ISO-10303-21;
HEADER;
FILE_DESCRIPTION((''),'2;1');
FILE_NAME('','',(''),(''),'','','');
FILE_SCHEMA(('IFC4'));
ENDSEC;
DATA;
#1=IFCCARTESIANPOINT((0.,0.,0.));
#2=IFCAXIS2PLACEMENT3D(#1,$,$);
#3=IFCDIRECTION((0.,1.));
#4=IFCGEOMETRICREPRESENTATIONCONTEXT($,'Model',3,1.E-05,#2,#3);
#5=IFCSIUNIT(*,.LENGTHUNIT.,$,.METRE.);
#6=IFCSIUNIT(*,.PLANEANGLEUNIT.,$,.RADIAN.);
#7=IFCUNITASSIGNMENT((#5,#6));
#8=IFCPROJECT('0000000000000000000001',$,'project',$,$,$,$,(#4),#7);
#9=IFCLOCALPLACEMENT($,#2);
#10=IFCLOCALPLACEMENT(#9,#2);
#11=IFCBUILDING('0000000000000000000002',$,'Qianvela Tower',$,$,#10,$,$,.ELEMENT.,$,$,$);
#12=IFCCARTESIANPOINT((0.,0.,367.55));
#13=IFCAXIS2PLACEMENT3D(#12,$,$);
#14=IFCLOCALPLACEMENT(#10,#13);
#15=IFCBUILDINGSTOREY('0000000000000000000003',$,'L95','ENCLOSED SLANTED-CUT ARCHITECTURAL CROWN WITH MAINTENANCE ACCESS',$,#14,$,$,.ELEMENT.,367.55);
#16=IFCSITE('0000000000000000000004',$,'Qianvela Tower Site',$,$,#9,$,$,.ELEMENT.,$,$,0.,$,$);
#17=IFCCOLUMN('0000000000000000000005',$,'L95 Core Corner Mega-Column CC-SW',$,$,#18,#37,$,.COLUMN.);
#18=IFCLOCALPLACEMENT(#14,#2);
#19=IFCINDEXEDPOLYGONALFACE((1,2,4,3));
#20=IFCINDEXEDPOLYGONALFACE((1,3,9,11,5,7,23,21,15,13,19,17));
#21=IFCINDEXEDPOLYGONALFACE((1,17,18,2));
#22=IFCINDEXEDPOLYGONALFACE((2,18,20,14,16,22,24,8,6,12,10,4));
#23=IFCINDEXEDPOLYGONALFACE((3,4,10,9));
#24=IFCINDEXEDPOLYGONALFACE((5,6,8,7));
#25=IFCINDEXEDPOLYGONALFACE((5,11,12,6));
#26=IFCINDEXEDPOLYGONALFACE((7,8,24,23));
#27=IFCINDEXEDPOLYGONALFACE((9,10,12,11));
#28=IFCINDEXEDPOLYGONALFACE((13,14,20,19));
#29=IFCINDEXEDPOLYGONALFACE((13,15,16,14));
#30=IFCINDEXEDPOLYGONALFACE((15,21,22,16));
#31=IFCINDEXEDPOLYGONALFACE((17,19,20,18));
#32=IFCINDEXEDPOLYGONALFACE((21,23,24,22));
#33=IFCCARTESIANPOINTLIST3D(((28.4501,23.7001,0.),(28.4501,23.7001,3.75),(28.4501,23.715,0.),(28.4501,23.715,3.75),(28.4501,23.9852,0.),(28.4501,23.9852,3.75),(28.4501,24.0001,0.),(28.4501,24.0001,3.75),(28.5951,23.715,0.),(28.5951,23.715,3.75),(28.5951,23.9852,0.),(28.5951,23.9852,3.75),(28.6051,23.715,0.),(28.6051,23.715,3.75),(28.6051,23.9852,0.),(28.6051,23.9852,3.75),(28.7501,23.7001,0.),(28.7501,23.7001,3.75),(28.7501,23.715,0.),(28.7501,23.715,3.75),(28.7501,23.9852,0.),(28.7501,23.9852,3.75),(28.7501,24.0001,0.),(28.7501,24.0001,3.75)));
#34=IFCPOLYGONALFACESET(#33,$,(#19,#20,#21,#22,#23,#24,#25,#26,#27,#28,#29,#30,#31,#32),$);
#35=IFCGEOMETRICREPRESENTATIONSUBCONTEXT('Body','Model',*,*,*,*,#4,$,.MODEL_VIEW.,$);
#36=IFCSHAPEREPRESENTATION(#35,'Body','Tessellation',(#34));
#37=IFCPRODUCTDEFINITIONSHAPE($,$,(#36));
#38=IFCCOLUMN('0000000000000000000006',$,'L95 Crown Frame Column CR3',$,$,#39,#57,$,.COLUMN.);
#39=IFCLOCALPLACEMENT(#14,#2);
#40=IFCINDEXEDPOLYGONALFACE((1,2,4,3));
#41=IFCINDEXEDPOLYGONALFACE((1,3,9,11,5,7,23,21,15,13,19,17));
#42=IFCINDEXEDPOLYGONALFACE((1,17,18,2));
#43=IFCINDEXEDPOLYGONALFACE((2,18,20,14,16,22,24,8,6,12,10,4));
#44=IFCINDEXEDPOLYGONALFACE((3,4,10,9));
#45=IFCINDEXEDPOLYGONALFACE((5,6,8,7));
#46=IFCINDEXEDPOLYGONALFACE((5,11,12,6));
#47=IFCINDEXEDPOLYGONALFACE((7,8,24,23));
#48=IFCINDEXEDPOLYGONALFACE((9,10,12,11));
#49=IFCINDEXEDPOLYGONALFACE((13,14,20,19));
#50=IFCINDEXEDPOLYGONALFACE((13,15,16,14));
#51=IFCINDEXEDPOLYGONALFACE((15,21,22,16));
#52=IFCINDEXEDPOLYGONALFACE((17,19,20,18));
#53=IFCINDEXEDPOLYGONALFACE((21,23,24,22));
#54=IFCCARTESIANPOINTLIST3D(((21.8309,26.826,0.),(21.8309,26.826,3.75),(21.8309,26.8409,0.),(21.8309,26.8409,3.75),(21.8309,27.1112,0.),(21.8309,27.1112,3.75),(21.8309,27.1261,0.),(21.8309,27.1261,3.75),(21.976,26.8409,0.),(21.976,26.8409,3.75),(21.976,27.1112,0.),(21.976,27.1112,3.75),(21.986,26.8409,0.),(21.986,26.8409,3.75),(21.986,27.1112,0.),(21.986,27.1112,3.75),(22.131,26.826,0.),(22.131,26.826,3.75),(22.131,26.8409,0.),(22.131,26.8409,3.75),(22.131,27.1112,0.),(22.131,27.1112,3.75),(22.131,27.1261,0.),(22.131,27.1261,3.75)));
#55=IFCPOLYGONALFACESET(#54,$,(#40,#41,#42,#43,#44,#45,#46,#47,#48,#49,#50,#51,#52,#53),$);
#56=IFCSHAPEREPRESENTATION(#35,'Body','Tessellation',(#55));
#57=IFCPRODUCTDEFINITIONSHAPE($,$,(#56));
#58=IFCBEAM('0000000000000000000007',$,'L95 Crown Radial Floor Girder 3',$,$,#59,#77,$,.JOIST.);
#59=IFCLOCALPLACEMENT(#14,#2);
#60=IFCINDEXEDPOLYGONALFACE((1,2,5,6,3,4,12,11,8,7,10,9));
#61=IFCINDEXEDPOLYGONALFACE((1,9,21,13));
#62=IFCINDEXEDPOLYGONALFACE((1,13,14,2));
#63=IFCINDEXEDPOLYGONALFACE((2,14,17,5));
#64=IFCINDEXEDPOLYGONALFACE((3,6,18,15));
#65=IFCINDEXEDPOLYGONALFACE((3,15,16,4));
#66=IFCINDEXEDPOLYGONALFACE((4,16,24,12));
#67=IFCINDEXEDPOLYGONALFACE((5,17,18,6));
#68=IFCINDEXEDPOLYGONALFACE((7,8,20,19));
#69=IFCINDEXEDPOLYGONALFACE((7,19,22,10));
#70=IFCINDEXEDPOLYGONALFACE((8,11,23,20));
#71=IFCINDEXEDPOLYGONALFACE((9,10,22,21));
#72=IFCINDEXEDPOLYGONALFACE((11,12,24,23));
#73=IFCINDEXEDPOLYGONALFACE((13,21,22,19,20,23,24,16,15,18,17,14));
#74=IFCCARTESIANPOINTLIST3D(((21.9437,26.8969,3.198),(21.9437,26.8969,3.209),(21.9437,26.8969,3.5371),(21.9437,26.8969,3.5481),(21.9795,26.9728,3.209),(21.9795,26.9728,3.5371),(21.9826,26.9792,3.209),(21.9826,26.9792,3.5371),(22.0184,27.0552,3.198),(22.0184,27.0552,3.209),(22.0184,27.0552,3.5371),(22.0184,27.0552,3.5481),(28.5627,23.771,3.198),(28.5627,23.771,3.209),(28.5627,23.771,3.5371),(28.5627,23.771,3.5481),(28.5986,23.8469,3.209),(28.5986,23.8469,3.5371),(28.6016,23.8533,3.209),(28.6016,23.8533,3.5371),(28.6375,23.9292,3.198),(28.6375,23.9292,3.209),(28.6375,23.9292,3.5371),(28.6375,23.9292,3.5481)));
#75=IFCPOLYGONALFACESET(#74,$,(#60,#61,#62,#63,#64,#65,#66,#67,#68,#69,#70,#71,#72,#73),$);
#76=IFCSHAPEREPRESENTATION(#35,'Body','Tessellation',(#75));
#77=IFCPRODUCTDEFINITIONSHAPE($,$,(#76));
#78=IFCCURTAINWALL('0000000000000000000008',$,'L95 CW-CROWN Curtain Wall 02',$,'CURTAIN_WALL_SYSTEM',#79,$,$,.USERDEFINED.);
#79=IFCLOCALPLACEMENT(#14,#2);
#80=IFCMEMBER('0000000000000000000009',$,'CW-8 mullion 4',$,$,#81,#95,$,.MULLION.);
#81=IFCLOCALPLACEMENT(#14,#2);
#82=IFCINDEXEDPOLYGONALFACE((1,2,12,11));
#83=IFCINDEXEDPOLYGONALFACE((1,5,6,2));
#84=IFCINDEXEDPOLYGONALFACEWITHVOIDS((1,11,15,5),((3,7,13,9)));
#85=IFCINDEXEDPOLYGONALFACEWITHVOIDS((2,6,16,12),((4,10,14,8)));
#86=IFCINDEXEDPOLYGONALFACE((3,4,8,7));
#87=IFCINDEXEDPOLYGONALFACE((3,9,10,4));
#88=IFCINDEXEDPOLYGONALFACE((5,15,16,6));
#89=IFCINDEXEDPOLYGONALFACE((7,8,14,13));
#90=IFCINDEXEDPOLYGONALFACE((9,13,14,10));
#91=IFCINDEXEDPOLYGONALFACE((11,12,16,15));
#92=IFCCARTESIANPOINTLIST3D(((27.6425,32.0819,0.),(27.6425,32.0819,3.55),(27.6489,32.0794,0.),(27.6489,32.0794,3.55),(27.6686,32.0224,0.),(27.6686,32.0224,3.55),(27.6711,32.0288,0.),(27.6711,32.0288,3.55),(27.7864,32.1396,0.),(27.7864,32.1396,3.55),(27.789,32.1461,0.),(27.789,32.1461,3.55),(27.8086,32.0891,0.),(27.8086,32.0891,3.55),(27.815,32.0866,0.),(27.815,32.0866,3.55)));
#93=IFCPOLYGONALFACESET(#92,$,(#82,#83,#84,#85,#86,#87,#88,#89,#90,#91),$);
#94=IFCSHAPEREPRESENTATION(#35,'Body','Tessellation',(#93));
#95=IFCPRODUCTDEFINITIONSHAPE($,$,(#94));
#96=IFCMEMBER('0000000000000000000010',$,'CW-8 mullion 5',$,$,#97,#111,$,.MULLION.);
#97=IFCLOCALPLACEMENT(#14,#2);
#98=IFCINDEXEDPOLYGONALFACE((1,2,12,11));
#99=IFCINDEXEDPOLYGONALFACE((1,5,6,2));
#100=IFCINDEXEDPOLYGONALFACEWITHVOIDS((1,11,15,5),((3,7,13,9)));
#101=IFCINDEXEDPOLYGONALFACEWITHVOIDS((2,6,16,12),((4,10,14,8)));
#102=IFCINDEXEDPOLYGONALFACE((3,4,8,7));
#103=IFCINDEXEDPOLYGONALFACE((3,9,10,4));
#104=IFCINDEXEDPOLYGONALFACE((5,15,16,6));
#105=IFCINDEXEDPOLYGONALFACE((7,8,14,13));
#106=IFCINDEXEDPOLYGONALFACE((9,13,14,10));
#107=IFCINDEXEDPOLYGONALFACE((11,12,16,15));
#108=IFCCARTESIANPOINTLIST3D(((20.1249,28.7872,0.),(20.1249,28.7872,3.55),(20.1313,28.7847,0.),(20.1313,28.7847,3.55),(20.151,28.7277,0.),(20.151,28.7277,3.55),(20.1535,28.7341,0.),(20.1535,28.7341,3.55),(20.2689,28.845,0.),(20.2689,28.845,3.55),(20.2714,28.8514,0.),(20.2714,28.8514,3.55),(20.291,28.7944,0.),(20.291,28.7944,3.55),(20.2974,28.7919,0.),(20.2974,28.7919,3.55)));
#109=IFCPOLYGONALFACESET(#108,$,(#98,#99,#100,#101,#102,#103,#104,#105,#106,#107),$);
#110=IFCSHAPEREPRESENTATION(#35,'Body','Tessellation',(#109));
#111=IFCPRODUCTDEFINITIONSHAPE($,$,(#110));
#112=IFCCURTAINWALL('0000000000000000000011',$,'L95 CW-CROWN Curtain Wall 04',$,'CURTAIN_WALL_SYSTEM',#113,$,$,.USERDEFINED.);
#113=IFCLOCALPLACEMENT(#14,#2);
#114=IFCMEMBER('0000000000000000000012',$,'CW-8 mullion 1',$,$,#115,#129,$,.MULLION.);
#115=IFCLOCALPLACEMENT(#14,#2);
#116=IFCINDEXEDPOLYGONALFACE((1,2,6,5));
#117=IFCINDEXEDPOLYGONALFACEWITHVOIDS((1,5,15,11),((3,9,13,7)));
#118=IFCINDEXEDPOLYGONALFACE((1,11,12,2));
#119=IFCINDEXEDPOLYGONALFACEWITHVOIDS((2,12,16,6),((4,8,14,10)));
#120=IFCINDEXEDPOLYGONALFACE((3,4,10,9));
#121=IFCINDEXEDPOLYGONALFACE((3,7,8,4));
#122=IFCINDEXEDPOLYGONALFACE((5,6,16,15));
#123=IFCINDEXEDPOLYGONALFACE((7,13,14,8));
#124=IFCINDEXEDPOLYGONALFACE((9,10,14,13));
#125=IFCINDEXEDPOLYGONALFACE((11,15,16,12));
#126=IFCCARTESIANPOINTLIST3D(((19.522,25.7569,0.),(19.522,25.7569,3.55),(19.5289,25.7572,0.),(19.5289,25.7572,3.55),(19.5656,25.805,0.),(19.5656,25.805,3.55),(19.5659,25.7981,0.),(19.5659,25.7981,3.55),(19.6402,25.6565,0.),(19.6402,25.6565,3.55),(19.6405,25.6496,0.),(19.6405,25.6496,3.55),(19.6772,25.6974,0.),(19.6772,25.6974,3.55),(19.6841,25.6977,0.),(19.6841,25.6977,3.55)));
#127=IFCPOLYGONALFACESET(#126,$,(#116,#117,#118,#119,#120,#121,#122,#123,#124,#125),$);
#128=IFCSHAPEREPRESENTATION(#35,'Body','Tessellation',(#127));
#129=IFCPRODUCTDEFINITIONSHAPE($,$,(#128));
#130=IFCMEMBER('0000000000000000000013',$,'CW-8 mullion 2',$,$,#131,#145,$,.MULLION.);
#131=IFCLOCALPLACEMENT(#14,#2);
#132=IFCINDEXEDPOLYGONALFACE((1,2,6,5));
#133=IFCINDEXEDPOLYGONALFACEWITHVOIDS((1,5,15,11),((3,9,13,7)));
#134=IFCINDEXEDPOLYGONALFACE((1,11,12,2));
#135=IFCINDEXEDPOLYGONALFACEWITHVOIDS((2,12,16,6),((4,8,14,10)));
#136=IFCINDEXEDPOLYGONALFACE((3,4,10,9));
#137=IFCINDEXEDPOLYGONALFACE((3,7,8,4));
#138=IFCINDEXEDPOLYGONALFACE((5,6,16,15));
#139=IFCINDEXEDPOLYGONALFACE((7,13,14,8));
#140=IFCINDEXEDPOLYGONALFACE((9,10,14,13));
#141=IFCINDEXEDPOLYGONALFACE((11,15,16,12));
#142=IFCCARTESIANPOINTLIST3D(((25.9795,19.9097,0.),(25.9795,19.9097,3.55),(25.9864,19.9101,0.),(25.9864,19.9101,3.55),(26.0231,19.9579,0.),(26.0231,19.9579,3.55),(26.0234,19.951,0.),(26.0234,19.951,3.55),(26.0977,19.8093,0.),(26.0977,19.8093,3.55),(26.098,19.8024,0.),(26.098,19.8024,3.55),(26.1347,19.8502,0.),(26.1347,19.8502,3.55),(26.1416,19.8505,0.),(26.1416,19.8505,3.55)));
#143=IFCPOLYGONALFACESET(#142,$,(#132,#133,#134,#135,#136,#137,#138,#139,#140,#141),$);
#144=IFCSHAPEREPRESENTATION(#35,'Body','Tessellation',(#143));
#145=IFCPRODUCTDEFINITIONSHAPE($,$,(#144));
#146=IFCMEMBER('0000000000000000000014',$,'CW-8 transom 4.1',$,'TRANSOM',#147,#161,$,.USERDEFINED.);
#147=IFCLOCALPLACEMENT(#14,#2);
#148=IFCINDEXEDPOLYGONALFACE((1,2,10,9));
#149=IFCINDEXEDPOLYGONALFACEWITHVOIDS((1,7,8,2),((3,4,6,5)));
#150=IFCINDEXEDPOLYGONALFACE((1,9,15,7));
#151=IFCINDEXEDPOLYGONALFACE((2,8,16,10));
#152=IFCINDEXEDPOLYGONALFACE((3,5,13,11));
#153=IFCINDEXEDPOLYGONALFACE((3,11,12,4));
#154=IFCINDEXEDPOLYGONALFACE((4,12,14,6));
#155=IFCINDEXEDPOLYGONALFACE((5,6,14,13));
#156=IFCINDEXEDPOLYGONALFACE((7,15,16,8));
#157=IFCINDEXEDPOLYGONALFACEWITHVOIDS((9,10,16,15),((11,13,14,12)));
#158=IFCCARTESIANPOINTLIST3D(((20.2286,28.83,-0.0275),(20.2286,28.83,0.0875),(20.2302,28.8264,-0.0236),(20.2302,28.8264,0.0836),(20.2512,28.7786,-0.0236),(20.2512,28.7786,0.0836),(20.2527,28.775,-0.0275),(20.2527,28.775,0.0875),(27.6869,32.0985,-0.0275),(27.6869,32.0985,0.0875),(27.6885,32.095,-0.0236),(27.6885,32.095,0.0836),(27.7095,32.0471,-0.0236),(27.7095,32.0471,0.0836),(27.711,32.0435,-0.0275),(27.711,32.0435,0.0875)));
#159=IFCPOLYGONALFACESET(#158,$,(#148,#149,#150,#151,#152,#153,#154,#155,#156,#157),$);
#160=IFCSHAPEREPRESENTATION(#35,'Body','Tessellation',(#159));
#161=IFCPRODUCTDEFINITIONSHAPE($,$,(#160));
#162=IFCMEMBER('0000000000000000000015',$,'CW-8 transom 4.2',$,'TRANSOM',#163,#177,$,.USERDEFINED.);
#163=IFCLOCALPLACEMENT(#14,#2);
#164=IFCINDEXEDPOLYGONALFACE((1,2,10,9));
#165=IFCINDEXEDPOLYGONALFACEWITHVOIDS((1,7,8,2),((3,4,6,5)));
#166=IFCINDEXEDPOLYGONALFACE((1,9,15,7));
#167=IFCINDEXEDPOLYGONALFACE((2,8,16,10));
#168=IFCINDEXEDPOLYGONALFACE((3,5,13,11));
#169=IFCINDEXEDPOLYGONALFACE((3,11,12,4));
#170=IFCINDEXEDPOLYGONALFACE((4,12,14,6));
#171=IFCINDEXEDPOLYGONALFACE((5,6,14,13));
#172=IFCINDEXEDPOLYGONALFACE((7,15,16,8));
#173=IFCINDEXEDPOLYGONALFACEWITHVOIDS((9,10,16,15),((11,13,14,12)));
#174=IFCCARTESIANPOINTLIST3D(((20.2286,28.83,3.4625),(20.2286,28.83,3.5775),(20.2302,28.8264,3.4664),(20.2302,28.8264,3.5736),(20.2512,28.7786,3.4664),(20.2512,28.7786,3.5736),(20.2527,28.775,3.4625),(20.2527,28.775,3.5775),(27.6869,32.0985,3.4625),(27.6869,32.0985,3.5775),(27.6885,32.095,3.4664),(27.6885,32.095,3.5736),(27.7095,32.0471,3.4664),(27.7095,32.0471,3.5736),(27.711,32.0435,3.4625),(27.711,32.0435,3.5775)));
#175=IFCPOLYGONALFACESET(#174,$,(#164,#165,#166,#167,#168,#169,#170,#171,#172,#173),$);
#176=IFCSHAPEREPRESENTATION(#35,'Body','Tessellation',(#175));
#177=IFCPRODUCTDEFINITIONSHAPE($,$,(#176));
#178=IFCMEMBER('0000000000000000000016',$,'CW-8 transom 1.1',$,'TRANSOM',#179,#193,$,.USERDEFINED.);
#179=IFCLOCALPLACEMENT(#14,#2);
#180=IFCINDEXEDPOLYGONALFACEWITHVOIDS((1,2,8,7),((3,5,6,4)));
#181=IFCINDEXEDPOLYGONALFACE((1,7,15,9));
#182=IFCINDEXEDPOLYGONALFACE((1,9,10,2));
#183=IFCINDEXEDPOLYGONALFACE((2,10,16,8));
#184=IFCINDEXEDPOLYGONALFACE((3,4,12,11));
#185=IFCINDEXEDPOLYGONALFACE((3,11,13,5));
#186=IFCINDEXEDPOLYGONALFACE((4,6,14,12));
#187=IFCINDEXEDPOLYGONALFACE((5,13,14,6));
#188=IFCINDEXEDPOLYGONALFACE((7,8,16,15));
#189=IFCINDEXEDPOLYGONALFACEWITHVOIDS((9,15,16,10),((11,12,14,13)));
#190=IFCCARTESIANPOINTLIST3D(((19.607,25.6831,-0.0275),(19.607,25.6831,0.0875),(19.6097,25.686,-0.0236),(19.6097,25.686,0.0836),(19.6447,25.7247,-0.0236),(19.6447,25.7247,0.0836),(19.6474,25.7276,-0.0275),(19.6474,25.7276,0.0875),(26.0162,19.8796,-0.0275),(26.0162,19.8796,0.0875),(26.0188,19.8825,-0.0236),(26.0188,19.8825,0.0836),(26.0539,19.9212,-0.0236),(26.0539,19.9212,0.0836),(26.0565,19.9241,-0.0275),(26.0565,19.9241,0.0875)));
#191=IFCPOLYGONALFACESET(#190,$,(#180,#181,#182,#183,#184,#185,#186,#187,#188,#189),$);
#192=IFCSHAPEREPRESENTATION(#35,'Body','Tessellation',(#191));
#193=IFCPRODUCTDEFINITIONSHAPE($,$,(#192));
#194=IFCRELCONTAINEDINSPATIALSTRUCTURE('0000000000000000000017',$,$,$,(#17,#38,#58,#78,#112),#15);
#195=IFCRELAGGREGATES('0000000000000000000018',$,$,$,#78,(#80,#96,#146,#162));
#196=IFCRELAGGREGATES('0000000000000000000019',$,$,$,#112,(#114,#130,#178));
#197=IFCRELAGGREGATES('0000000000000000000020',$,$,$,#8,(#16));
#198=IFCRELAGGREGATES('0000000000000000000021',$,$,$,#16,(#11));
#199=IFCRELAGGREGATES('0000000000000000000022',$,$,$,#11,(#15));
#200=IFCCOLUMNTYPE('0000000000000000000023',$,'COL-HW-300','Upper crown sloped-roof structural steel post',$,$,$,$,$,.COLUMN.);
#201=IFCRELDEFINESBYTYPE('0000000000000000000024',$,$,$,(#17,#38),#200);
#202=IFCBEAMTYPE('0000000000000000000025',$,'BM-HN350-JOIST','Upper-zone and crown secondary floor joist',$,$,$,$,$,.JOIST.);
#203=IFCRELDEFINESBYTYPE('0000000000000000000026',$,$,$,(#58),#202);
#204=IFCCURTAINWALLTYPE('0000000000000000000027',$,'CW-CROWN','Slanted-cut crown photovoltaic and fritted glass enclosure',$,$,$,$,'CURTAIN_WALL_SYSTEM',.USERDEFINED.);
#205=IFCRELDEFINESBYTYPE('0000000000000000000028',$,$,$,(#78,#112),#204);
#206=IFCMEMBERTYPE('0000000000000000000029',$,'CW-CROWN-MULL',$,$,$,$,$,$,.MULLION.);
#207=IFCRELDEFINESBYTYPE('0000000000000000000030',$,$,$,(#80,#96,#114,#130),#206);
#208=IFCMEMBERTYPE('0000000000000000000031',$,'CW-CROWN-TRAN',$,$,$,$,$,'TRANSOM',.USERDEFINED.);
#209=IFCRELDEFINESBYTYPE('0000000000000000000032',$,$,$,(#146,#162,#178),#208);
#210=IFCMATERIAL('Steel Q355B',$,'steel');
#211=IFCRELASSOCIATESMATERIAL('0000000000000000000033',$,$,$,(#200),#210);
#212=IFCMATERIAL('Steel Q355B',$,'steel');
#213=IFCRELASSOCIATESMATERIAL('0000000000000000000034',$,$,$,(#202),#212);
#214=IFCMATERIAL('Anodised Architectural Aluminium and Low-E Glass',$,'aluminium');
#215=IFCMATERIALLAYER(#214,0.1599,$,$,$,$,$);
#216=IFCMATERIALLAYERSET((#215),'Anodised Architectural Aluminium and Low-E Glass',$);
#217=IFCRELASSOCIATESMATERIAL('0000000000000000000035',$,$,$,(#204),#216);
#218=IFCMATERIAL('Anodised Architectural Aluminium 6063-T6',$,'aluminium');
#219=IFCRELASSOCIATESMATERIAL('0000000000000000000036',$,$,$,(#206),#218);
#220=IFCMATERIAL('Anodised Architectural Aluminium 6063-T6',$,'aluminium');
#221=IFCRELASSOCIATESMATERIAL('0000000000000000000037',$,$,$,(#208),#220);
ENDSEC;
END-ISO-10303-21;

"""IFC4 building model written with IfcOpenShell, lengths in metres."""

from ifc_helpers import new_model, si_unit, direction, frame, origin, origin_2d, place, context, subcontext, project, spatial, hollow_rectangle, i_section, extrude, material, layer, layer_set, material_profile, profile_set, type_object, element, aggregate, save


model = new_model("IFC4")

# Units and contexts
model_context = context("Model", 3, precision=1e-05, world=origin(), true_north=direction((0.0, 1.0)))
body_context = subcontext(model_context, "Body", "Model", "MODEL_VIEW")
ifc_project = project(units=[si_unit("LENGTHUNIT", "METRE"), si_unit("PLANEANGLEUNIT", "RADIAN")], contexts=[model_context])

# Site, building, storey
site_placement = place(None, origin())
site = spatial("IfcSite", under=ifc_project, at=site_placement, Name="Qianvela Tower Site", CompositionType="ELEMENT", RefElevation=0.0)
building_placement = place(site_placement, origin())
building = spatial("IfcBuilding", under=site, at=building_placement, Name="Qianvela Tower", CompositionType="ELEMENT")
storey_placement = place(building_placement, frame((0.0, 0.0, 367.55)))
storey = spatial("IfcBuildingStorey", under=building, at=storey_placement, Name="L95", Description="ENCLOSED SLANTED-CUT ARCHITECTURAL CROWN WITH MAINTENANCE ACCESS", CompositionType="ELEMENT", Elevation=367.55)

# Columns
ifc_material_1 = material(Name="Steel Q355B", Category="steel")
ifc_material_profile_1 = material_profile(ifc_material_1, i_section(OverallWidth=0.3, OverallDepth=0.3, WebThickness=0.01, FlangeThickness=0.0149, at=origin_2d()), Name="HW300x300x10x15")
ifc_profile_set_1 = profile_set([ifc_material_profile_1], Name="Steel Q355B")
column_type = type_object("IfcColumnType", Name="COL-HW-300", Description="Upper crown sloped-roof structural steel post", PredefinedType="COLUMN", material=ifc_profile_set_1)
for number, where, z_axis, x_axis, name in (
    (1, (28.6001, 23.8501, 0.0), (0.0, 0.0, 1.0), (1.0, 0.0, 0.0), "L95 Core Corner Mega-Column CC-SW"),
    (2, (21.981, 26.9761, 0.0), (0.0, 0.0, 1.0), (1.0, 0.0, 0.0), "L95 Crown Frame Column CR3"),
):
    element("IfcColumn", number, at=place(storey_placement, frame(where, z_axis=z_axis, x_axis=x_axis)), inside=storey, type_object=column_type, Name=name, PredefinedType="COLUMN", context=body_context, shape_type="SweptSolid", body=[
        extrude(i_section(OverallWidth=0.3, OverallDepth=0.3, WebThickness=0.01, FlangeThickness=0.0149, at=origin_2d()), origin(), (0.0, 0.0, 1.0), 3.75),
    ])

# Beam
ifc_material_2 = material(Name="Steel Q355B", Category="steel")
ifc_material_profile_2 = material_profile(ifc_material_2, i_section(OverallWidth=0.175, OverallDepth=0.3501, WebThickness=0.0071, FlangeThickness=0.011, at=origin_2d()), Name="HN350x175x7x11")
ifc_profile_set_2 = profile_set([ifc_material_profile_2], Name="Steel Q355B")
beam_type = type_object("IfcBeamType", Name="BM-HN350-JOIST", Description="Upper-zone and crown secondary floor joist", PredefinedType="JOIST", material=ifc_profile_set_2)
beam_placement = place(storey_placement, frame((28.6001, 23.8501, 3.373), z_axis=(-0.904234, 0.427037, 0.0), x_axis=(-0.427037, -0.904234, 0.0)))
element("IfcBeam", 3, at=beam_placement, inside=storey, type_object=beam_type, Name="L95 Crown Radial Floor Girder 3", PredefinedType="JOIST", context=body_context, shape_type="SweptSolid", body=[
    extrude(i_section(OverallWidth=0.175, OverallDepth=0.3501, WebThickness=0.0071, FlangeThickness=0.011, at=origin_2d()), origin(), (0.0, 0.0, 1.0), 7.3201),
])

# Curtain walls, members
ifc_material_3 = material(Name="Anodised Architectural Aluminium and Low-E Glass", Category="aluminium")
ifc_layer_1 = layer(ifc_material_3, 0.1599)
ifc_layer_set_1 = layer_set([ifc_layer_1], Name="Anodised Architectural Aluminium and Low-E Glass")
curtain_wall_type = type_object("IfcCurtainWallType", Name="CW-CROWN", Description="Slanted-cut crown photovoltaic and fritted glass enclosure", ElementType="CURTAIN_WALL_SYSTEM", PredefinedType="USERDEFINED", material=ifc_layer_set_1)
curtain_wall_1_placement = place(storey_placement, origin())
curtain_wall_1 = element("IfcCurtainWall", 4, at=curtain_wall_1_placement, inside=storey, type_object=curtain_wall_type, Name="L95 CW-CROWN Curtain Wall 02", ObjectType="CURTAIN_WALL_SYSTEM", PredefinedType="USERDEFINED")
ifc_material_4 = material(Name="Anodised Architectural Aluminium 6063-T6", Category="aluminium")
ifc_material_profile_3 = material_profile(ifc_material_4, hollow_rectangle(XDim=0.0649, YDim=0.1599, WallThickness=0.0049, at=origin_2d()), Name="ALU-MULL-65x160")
ifc_profile_set_3 = profile_set([ifc_material_profile_3], Name="Anodised Architectural Aluminium 6063-T6")
member_type_1 = type_object("IfcMemberType", Name="CW-CROWN-MULL", PredefinedType="MULLION", material=ifc_profile_set_3)
member_1_placement = place(storey_placement, frame((27.7288, 32.0842, 0.0), z_axis=(0.0, 0.0, 1.0), x_axis=(0.40139, -0.915907, 0.0)))
member_1 = element("IfcMember", 5, at=member_1_placement, type_object=member_type_1, Name="CW-8 mullion 4", PredefinedType="MULLION", context=body_context, shape_type="SweptSolid", body=[
    extrude(hollow_rectangle(XDim=0.0649, YDim=0.1599, WallThickness=0.0049, at=origin_2d()), origin(), (0.0, 0.0, 1.0), 3.55),
])
member_2_placement = place(storey_placement, frame((20.2112, 28.7896, 0.0), z_axis=(0.0, 0.0, 1.0), x_axis=(0.40139, -0.915907, 0.0)))
member_2 = element("IfcMember", 6, at=member_2_placement, type_object=member_type_1, Name="CW-8 mullion 5", PredefinedType="MULLION", context=body_context, shape_type="SweptSolid", body=[
    extrude(hollow_rectangle(XDim=0.0649, YDim=0.1599, WallThickness=0.0049, at=origin_2d()), origin(), (0.0, 0.0, 1.0), 3.55),
])
curtain_wall_2_placement = place(storey_placement, origin())
curtain_wall_2 = element("IfcCurtainWall", 7, at=curtain_wall_2_placement, inside=storey, type_object=curtain_wall_type, Name="L95 CW-CROWN Curtain Wall 04", ObjectType="CURTAIN_WALL_SYSTEM", PredefinedType="USERDEFINED")
member_3_placement = place(storey_placement, frame((19.603, 25.7273, 0.0), z_axis=(0.0, 0.0, 1.0), x_axis=(0.671205, 0.741272, 0.0)))
member_3 = element("IfcMember", 8, at=member_3_placement, type_object=member_type_1, Name="CW-8 mullion 1", PredefinedType="MULLION", context=body_context, shape_type="SweptSolid", body=[
    extrude(hollow_rectangle(XDim=0.0649, YDim=0.1599, WallThickness=0.0049, at=origin_2d()), origin(), (0.0, 0.0, 1.0), 3.55),
])
member_4_placement = place(storey_placement, frame((26.0605, 19.8801, 0.0), z_axis=(0.0, 0.0, 1.0), x_axis=(0.671205, 0.741272, 0.0)))
member_4 = element("IfcMember", 9, at=member_4_placement, type_object=member_type_1, Name="CW-8 mullion 2", PredefinedType="MULLION", context=body_context, shape_type="SweptSolid", body=[
    extrude(hollow_rectangle(XDim=0.0649, YDim=0.1599, WallThickness=0.0049, at=origin_2d()), origin(), (0.0, 0.0, 1.0), 3.55),
])

# Members
ifc_material_5 = material(Name="Anodised Architectural Aluminium 6063-T6", Category="aluminium")
ifc_material_profile_4 = material_profile(ifc_material_5, hollow_rectangle(XDim=0.0601, YDim=0.115, WallThickness=0.0039, at=origin_2d()), Name="ALU-TRAN-60x115")
ifc_profile_set_4 = profile_set([ifc_material_profile_4], Name="Anodised Architectural Aluminium 6063-T6")
member_type_2 = type_object("IfcMemberType", Name="CW-CROWN-TRAN", ElementType="TRANSOM", PredefinedType="USERDEFINED", material=ifc_profile_set_4)
member_5_placement = place(storey_placement, frame((27.699, 32.071, 0.03), z_axis=(-0.915906, -0.401393, 0.0), x_axis=(0.401393, -0.915906, 0.0)))
member_5 = element("IfcMember", 10, at=member_5_placement, type_object=member_type_2, Name="CW-8 transom 4.1", ObjectType="TRANSOM", PredefinedType="USERDEFINED", context=body_context, shape_type="SweptSolid", body=[
    extrude(hollow_rectangle(XDim=0.0601, YDim=0.115, WallThickness=0.0039, at=origin_2d()), origin(), (0.0, 0.0, 1.0), 8.1431),
])
member_6_placement = place(storey_placement, frame((27.699, 32.071, 3.52), z_axis=(-0.915906, -0.401393, 0.0), x_axis=(0.401393, -0.915906, 0.0)))
member_6 = element("IfcMember", 11, at=member_6_placement, type_object=member_type_2, Name="CW-8 transom 4.2", ObjectType="TRANSOM", PredefinedType="USERDEFINED", context=body_context, shape_type="SweptSolid", body=[
    extrude(hollow_rectangle(XDim=0.0601, YDim=0.115, WallThickness=0.0039, at=origin_2d()), origin(), (0.0, 0.0, 1.0), 8.1431),
])
member_7_placement = place(storey_placement, frame((19.6272, 25.7053, 0.03), z_axis=(0.741266, -0.671211, 0.0), x_axis=(0.671211, 0.741266, 0.0)))
member_7 = element("IfcMember", 12, at=member_7_placement, type_object=member_type_2, Name="CW-8 transom 1.1", ObjectType="TRANSOM", PredefinedType="USERDEFINED", context=body_context, shape_type="SweptSolid", body=[
    extrude(hollow_rectangle(XDim=0.0601, YDim=0.115, WallThickness=0.0039, at=origin_2d()), origin(), (0.0, 0.0, 1.0), 8.6462),
])

aggregate(curtain_wall_1, [member_1, member_2, member_5, member_6])
aggregate(curtain_wall_2, [member_3, member_4, member_7])

save(model, "model.ifc")
